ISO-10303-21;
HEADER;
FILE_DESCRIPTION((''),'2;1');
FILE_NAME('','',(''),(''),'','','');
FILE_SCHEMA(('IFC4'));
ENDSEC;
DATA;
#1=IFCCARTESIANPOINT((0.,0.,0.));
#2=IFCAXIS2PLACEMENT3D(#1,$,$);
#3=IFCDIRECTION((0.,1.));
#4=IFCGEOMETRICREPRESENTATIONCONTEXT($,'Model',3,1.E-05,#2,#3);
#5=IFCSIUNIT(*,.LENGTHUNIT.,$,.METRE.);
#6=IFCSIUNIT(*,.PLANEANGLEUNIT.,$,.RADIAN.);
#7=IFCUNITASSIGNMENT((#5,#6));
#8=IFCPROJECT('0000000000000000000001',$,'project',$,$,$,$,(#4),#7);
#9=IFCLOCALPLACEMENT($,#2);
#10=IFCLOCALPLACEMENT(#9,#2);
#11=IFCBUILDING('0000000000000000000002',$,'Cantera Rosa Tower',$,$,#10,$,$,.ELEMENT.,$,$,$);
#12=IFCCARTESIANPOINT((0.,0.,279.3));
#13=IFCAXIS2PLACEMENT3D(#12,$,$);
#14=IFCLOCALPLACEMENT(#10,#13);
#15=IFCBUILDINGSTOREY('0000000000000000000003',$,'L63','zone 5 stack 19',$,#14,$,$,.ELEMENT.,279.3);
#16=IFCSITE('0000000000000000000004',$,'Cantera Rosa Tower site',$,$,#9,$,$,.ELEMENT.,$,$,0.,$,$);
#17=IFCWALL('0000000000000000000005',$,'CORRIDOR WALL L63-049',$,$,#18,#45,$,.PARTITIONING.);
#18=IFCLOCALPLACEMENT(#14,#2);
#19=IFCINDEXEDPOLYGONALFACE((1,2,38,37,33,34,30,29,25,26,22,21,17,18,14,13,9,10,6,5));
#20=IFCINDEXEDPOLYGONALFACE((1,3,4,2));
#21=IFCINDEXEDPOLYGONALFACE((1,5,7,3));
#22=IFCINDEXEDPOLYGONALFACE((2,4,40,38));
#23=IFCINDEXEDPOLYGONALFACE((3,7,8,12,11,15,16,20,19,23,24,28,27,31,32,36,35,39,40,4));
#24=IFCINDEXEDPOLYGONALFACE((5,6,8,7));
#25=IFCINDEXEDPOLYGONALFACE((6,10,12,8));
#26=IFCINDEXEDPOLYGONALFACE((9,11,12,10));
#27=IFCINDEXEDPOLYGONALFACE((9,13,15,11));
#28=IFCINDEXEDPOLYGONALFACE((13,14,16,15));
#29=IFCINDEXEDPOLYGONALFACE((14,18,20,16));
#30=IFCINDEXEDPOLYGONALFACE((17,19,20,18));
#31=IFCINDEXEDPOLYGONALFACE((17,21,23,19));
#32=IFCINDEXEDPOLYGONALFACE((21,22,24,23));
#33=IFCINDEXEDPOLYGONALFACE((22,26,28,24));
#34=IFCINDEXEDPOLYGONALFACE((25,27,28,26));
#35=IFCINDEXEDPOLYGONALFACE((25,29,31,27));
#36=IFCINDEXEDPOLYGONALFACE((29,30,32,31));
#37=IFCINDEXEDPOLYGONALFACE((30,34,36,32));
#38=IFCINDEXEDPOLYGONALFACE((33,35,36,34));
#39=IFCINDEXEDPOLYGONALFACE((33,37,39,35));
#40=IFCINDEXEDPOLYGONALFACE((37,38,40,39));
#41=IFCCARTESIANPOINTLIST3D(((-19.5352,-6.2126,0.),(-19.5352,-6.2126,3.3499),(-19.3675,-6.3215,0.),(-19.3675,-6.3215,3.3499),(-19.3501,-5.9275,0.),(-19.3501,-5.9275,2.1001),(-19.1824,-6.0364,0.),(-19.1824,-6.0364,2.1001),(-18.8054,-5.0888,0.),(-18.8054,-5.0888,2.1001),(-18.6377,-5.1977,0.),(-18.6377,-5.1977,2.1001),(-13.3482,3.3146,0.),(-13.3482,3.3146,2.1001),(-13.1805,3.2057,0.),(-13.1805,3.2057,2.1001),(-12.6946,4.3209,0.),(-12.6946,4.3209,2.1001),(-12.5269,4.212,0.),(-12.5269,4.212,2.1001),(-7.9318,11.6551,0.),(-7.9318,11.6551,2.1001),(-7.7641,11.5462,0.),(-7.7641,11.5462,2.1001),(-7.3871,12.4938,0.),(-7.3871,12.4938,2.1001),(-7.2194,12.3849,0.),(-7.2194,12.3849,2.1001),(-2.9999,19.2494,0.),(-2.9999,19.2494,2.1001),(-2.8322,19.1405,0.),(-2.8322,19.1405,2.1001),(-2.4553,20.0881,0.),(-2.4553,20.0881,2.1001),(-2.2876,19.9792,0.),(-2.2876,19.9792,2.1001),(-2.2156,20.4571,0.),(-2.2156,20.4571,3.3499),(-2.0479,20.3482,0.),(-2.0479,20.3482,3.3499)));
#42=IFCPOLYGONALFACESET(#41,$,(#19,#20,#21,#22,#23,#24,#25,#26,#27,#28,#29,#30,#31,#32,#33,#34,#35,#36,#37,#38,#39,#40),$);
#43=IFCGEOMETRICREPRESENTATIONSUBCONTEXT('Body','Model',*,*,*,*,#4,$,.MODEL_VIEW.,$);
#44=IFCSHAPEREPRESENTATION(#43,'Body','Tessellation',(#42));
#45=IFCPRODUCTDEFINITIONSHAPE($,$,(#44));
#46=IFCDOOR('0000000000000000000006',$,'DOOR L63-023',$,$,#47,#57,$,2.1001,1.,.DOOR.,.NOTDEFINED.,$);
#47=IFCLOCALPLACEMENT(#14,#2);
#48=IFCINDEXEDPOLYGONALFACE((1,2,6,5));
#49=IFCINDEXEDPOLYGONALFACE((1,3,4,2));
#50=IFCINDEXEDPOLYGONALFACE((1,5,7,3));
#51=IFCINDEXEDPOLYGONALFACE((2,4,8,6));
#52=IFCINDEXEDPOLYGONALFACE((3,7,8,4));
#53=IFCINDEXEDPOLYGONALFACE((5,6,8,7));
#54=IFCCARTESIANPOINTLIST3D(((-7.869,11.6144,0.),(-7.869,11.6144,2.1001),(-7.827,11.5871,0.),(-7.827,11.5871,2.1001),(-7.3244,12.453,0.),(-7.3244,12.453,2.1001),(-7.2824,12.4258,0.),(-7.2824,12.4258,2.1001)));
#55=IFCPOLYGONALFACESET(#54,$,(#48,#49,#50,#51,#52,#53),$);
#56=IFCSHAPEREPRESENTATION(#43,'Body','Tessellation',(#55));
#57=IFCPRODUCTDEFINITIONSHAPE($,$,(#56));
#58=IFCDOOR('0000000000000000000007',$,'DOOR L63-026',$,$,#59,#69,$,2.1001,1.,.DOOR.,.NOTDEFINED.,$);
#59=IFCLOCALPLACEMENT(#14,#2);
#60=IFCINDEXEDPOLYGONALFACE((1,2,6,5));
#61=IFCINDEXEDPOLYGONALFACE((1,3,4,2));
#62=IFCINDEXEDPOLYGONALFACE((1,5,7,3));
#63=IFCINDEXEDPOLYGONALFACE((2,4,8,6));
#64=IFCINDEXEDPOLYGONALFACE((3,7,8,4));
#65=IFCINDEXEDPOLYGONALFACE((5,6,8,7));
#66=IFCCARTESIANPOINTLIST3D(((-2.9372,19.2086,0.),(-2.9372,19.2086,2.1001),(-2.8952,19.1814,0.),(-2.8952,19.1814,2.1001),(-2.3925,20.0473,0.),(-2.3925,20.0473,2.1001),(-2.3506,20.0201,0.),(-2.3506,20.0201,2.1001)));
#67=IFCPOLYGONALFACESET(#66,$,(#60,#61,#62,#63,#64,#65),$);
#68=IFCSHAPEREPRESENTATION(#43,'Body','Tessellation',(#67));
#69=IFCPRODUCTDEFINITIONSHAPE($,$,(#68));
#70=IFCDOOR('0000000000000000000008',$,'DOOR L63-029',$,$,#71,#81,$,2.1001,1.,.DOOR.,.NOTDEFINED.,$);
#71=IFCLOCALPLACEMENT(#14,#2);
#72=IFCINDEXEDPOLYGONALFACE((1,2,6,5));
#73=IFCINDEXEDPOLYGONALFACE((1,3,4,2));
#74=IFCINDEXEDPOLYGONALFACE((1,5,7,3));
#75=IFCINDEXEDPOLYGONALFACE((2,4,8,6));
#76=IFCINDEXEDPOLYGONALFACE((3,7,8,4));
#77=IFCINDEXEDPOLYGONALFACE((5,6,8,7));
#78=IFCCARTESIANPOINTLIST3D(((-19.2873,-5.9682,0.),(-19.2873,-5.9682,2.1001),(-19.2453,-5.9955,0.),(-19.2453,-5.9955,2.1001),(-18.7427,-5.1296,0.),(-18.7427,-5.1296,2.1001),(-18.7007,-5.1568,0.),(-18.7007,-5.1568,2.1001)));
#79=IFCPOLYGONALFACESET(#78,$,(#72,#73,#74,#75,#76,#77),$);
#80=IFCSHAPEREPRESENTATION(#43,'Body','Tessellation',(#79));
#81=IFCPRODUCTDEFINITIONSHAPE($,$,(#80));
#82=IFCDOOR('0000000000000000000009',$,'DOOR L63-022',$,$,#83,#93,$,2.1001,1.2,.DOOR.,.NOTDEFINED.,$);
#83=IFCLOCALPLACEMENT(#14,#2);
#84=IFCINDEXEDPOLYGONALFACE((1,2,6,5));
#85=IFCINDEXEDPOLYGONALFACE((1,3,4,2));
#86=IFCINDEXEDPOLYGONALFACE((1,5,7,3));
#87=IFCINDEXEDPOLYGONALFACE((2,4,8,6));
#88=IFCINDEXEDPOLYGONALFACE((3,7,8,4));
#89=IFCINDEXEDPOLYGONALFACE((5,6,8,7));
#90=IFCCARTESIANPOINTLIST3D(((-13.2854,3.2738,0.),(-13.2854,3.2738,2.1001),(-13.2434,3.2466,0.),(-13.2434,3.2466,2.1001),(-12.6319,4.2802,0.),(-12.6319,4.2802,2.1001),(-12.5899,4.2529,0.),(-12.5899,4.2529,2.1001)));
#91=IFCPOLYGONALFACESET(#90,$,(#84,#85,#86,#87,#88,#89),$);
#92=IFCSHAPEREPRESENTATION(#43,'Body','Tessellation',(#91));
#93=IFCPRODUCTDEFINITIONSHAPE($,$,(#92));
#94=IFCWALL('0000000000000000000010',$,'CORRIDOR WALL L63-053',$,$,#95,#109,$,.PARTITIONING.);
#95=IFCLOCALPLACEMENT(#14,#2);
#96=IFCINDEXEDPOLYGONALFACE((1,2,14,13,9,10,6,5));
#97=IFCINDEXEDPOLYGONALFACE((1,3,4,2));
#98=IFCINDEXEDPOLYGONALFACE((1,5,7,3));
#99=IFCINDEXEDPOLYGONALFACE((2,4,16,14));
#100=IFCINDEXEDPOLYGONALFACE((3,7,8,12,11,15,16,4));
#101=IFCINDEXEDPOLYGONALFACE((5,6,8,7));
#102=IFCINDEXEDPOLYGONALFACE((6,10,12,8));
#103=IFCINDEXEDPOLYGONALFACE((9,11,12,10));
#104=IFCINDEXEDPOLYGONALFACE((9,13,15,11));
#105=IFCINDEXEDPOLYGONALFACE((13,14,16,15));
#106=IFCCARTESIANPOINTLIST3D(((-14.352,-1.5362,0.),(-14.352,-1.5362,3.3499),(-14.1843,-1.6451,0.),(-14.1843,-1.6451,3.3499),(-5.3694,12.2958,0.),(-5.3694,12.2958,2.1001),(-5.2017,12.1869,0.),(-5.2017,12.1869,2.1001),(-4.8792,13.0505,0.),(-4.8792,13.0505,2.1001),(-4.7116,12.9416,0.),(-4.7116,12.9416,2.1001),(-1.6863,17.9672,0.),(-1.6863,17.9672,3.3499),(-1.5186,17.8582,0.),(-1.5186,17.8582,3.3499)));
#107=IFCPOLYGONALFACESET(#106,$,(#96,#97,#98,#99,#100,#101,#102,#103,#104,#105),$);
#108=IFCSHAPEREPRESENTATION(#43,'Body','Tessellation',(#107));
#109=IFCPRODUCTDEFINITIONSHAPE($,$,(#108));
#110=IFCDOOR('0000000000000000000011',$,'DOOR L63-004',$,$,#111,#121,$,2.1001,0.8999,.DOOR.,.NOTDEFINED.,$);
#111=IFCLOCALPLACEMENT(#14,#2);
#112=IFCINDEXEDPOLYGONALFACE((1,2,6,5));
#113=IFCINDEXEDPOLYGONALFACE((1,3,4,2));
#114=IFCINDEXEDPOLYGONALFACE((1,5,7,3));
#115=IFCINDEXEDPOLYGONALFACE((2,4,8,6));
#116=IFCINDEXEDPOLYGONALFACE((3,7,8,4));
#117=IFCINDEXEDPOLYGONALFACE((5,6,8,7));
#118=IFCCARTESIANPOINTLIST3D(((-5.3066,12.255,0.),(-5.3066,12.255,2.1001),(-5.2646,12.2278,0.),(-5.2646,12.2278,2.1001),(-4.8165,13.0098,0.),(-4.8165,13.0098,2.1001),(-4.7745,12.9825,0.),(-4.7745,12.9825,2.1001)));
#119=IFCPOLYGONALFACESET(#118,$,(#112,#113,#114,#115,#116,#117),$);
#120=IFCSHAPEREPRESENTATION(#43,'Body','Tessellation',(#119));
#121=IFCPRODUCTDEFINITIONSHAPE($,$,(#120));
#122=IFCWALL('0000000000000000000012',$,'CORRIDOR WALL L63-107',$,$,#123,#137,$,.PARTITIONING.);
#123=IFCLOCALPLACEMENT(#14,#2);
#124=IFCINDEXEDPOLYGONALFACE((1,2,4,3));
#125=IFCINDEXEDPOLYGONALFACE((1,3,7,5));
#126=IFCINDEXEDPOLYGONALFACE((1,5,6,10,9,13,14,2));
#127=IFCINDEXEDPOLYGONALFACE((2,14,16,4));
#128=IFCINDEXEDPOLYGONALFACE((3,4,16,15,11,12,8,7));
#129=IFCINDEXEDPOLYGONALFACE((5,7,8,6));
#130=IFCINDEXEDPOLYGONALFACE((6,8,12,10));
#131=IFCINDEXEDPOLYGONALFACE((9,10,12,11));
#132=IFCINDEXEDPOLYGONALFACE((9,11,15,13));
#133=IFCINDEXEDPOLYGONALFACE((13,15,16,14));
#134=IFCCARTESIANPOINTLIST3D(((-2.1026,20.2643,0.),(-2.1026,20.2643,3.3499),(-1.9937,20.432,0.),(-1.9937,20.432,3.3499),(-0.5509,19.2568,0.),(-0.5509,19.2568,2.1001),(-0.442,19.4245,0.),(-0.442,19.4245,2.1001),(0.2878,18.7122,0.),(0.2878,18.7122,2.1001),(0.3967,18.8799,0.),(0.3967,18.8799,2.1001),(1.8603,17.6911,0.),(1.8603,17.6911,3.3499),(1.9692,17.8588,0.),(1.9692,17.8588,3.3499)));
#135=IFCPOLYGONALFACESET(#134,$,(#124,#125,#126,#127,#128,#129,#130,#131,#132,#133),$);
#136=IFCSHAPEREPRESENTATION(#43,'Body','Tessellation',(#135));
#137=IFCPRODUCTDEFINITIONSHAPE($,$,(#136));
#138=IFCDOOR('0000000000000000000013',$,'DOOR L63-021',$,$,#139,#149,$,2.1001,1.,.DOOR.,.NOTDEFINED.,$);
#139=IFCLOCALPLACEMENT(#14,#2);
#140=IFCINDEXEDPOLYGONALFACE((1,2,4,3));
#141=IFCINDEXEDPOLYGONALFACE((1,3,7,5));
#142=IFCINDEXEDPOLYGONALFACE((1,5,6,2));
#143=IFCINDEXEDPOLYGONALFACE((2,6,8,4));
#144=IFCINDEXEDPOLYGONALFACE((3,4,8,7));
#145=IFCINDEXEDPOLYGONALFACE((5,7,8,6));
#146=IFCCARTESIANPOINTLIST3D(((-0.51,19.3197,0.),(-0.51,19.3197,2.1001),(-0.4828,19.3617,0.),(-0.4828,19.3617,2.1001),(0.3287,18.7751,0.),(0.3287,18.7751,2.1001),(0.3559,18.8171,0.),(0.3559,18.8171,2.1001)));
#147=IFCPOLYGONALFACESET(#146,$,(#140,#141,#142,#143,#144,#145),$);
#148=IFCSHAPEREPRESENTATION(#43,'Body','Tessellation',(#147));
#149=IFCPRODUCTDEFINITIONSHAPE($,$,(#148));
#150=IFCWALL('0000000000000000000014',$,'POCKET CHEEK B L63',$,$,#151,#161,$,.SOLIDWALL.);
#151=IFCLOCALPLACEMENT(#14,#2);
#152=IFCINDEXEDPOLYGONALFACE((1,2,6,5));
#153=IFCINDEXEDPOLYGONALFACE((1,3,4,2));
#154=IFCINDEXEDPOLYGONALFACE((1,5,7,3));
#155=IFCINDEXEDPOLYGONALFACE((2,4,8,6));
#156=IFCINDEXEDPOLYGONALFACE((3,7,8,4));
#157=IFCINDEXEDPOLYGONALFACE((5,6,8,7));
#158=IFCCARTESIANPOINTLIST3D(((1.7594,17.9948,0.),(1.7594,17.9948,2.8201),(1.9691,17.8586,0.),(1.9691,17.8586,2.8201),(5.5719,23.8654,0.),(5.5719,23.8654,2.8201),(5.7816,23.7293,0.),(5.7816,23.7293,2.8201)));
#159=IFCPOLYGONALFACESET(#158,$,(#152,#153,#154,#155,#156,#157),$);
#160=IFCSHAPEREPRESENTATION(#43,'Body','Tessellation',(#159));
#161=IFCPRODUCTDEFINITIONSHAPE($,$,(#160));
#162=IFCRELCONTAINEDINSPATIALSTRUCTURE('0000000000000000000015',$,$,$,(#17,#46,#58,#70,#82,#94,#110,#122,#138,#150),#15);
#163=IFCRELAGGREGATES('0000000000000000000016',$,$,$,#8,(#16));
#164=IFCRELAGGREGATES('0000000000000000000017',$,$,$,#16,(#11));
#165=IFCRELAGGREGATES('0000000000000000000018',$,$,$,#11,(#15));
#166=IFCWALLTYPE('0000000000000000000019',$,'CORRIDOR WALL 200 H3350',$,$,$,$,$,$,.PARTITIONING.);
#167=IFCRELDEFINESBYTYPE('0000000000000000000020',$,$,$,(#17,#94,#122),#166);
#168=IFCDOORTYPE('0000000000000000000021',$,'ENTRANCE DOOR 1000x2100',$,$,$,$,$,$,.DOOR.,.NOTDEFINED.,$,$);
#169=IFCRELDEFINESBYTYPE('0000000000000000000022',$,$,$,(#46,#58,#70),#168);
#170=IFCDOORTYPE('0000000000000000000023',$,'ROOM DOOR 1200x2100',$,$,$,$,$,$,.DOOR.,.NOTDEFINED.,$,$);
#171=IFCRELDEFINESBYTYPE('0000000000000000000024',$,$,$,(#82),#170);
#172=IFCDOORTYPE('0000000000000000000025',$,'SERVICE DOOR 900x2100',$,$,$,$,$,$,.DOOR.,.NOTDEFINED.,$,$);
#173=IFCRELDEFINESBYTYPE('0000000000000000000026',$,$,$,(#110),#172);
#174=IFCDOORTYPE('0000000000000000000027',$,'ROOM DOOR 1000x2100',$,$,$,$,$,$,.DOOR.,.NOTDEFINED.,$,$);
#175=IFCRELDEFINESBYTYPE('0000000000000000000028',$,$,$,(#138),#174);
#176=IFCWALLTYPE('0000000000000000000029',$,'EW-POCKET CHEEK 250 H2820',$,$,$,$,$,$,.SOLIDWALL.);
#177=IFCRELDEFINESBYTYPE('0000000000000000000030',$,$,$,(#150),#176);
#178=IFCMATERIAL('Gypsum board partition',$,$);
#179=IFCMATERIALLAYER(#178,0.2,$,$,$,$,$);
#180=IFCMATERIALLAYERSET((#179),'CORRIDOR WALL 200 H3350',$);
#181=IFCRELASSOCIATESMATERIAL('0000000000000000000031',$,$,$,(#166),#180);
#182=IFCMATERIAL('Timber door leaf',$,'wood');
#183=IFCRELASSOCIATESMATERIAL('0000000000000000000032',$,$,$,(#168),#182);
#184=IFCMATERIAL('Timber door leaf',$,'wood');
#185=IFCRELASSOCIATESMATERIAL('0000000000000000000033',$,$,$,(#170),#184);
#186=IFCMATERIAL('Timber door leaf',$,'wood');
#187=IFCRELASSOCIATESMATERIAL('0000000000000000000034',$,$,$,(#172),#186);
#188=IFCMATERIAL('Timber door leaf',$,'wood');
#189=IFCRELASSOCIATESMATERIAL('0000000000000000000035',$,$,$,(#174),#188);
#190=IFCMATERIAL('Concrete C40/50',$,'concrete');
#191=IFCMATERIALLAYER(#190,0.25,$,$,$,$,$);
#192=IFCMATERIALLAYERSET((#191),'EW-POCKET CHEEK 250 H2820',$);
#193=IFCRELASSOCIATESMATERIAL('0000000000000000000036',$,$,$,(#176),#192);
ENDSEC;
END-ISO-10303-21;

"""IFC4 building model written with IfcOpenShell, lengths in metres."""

from ifc_helpers import new_model, si_unit, direction, frame, frame_2d, origin, place, context, subcontext, project, spatial, rectangle, extrude, material, layer, layer_set, type_object, element, fill, save


model = new_model("IFC4")

# Units and contexts
model_context = context("Model", 3, precision=1e-05, world=origin(), true_north=direction((0.0, 1.0)))
body_context = subcontext(model_context, "Body", "Model", "MODEL_VIEW")
ifc_project = project(units=[si_unit("LENGTHUNIT", "METRE"), si_unit("PLANEANGLEUNIT", "RADIAN")], contexts=[model_context])

# Site, building, storey
site_placement = place(None, origin())
site = spatial("IfcSite", under=ifc_project, at=site_placement, Name="Cantera Rosa Tower site", CompositionType="ELEMENT", RefElevation=0.0)
building_placement = place(site_placement, origin())
building = spatial("IfcBuilding", under=site, at=building_placement, Name="Cantera Rosa Tower", CompositionType="ELEMENT")
storey_placement = place(building_placement, frame((0.0, 0.0, 279.3)))
storey = spatial("IfcBuildingStorey", under=building, at=storey_placement, Name="L63", Description="zone 5 stack 19", CompositionType="ELEMENT", Elevation=279.3)

# Wall, openings, doors
ifc_material_1 = material(Name="Gypsum board partition")
ifc_layer_1 = layer(ifc_material_1, 0.2)
ifc_layer_set_1 = layer_set([ifc_layer_1], Name="CORRIDOR WALL 200 H3350")
wall_type_1 = type_object("IfcWallType", Name="CORRIDOR WALL 200 H3350", PredefinedType="PARTITIONING", material=ifc_layer_set_1)
wall_1_placement = place(storey_placement, frame((-2.1318, 20.4026, 0.0), z_axis=(0.0, 0.0, 1.0), x_axis=(-0.544641, -0.838669, 0.0)))
wall_1 = element("IfcWall", 1, at=wall_1_placement, inside=storey, type_object=wall_type_1, Name="CORRIDOR WALL L63-049", PredefinedType="PARTITIONING", context=body_context, shape_type="SweptSolid", body=[
    extrude(rectangle(XDim=31.8, YDim=0.2, at=frame_2d((15.8999, 0.0))), origin(), (0.0, 0.0, 1.0), 3.3499),
])
opening_1_placement = place(wall_1_placement, frame((19.24, 0.0, 0.0)))
opening_1 = element("IfcOpeningElement", 2, at=opening_1_placement, cuts=wall_1, PredefinedType="OPENING", context=body_context, shape_type="SweptSolid", body=[
    extrude(rectangle(XDim=1.2, YDim=2.1001, at=frame_2d((0.6001, 1.05))), frame((0.0, 0.1099, 0.0), z_axis=(0.0, -1.0, 0.0), x_axis=(1.0, 0.0, 0.0)), (0.0, 0.0, 1.0), 0.22),
])
opening_2_placement = place(wall_1_placement, frame((9.4951, 0.0, 0.0)))
opening_2 = element("IfcOpeningElement", 3, at=opening_2_placement, cuts=wall_1, PredefinedType="OPENING", context=body_context, shape_type="SweptSolid", body=[
    extrude(rectangle(XDim=1.0, YDim=2.1001, at=frame_2d((0.5, 1.05))), frame((0.0, 0.1099, 0.0), z_axis=(0.0, -1.0, 0.0), x_axis=(1.0, 0.0, 0.0)), (0.0, 0.0, 1.0), 0.22),
])
opening_3_placement = place(wall_1_placement, frame((0.4399, 0.0, 0.0)))
opening_3 = element("IfcOpeningElement", 4, at=opening_3_placement, cuts=wall_1, PredefinedType="OPENING", context=body_context, shape_type="SweptSolid", body=[
    extrude(rectangle(XDim=1.0, YDim=2.1001, at=frame_2d((0.5, 1.05))), frame((0.0, 0.1099, 0.0), z_axis=(0.0, -1.0, 0.0), x_axis=(1.0, 0.0, 0.0)), (0.0, 0.0, 1.0), 0.22),
])
opening_4_placement = place(wall_1_placement, frame((30.46, 0.0, 0.0)))
opening_4 = element("IfcOpeningElement", 5, at=opening_4_placement, cuts=wall_1, PredefinedType="OPENING", context=body_context, shape_type="SweptSolid", body=[
    extrude(rectangle(XDim=1.0, YDim=2.1001, at=frame_2d((0.5, 1.05))), frame((0.0, 0.1099, 0.0), z_axis=(0.0, -1.0, 0.0), x_axis=(1.0, 0.0, 0.0)), (0.0, 0.0, 1.0), 0.22),
])
ifc_material_2 = material(Name="Timber door leaf", Category="wood")
door_type_1 = type_object("IfcDoorType", Name="ENTRANCE DOOR 1000x2100", OperationType="NOTDEFINED", PredefinedType="DOOR", material=ifc_material_2)
door_1_placement = place(opening_2_placement, origin())
door_1 = element("IfcDoor", 6, at=door_1_placement, inside=storey, type_object=door_type_1, Name="DOOR L63-023", OperationType="NOTDEFINED", OverallHeight=2.1001, OverallWidth=1.0, PredefinedType="DOOR", context=body_context, shape_type="SweptSolid", body=[
    extrude(rectangle(XDim=1.0, YDim=2.1001, at=frame_2d((0.5, 1.05))), frame((0.0, 0.0249, 0.0), z_axis=(0.0, -1.0, 0.0), x_axis=(1.0, 0.0, 0.0)), (0.0, 0.0, 1.0), 0.05),
])
fill(opening_2, door_1)
door_2_placement = place(opening_3_placement, origin())
door_2 = element("IfcDoor", 7, at=door_2_placement, inside=storey, type_object=door_type_1, Name="DOOR L63-026", OperationType="NOTDEFINED", OverallHeight=2.1001, OverallWidth=1.0, PredefinedType="DOOR", context=body_context, shape_type="SweptSolid", body=[
    extrude(rectangle(XDim=1.0, YDim=2.1001, at=frame_2d((0.5, 1.05))), frame((0.0, 0.0249, 0.0), z_axis=(0.0, -1.0, 0.0), x_axis=(1.0, 0.0, 0.0)), (0.0, 0.0, 1.0), 0.05),
])
fill(opening_3, door_2)
door_3_placement = place(opening_4_placement, origin())
door_3 = element("IfcDoor", 8, at=door_3_placement, inside=storey, type_object=door_type_1, Name="DOOR L63-029", OperationType="NOTDEFINED", OverallHeight=2.1001, OverallWidth=1.0, PredefinedType="DOOR", context=body_context, shape_type="SweptSolid", body=[
    extrude(rectangle(XDim=1.0, YDim=2.1001, at=frame_2d((0.5, 1.05))), frame((0.0, 0.0249, 0.0), z_axis=(0.0, -1.0, 0.0), x_axis=(1.0, 0.0, 0.0)), (0.0, 0.0, 1.0), 0.05),
])
fill(opening_4, door_3)
ifc_material_3 = material(Name="Timber door leaf", Category="wood")
door_type_2 = type_object("IfcDoorType", Name="ROOM DOOR 1200x2100", OperationType="NOTDEFINED", PredefinedType="DOOR", material=ifc_material_3)
door_4_placement = place(opening_1_placement, origin())
door_4 = element("IfcDoor", 9, at=door_4_placement, inside=storey, type_object=door_type_2, Name="DOOR L63-022", OperationType="NOTDEFINED", OverallHeight=2.1001, OverallWidth=1.2, PredefinedType="DOOR", context=body_context, shape_type="SweptSolid", body=[
    extrude(rectangle(XDim=1.2, YDim=2.1001, at=frame_2d((0.6001, 1.05))), frame((0.0, 0.0249, 0.0), z_axis=(0.0, -1.0, 0.0), x_axis=(1.0, 0.0, 0.0)), (0.0, 0.0, 1.0), 0.05),
])
fill(opening_1, door_4)

# Walls, openings, doors
wall_2_placement = place(storey_placement, frame((-1.6025, 17.9126, 0.0), z_axis=(0.0, 0.0, 1.0), x_axis=(-0.544642, -0.838669, 0.0)))
wall_2 = element("IfcWall", 10, at=wall_2_placement, inside=storey, type_object=wall_type_1, Name="CORRIDOR WALL L63-053", PredefinedType="PARTITIONING", context=body_context, shape_type="SweptSolid", body=[
    extrude(rectangle(XDim=23.2551, YDim=0.2, at=frame_2d((11.6274, 0.0))), origin(), (0.0, 0.0, 1.0), 3.3499),
])
opening_5_placement = place(wall_2_placement, frame((5.8623, 0.0, 0.0)))
opening_5 = element("IfcOpeningElement", 11, at=opening_5_placement, cuts=wall_2, PredefinedType="OPENING", context=body_context, shape_type="SweptSolid", body=[
    extrude(rectangle(XDim=0.8999, YDim=2.1001, at=frame_2d((0.45, 1.05))), frame((0.0, 0.1099, 0.0), z_axis=(0.0, -1.0, 0.0), x_axis=(1.0, 0.0, 0.0)), (0.0, 0.0, 1.0), 0.22),
])
ifc_material_4 = material(Name="Timber door leaf", Category="wood")
door_type_3 = type_object("IfcDoorType", Name="SERVICE DOOR 900x2100", OperationType="NOTDEFINED", PredefinedType="DOOR", material=ifc_material_4)
door_5_placement = place(opening_5_placement, origin())
door_5 = element("IfcDoor", 12, at=door_5_placement, inside=storey, type_object=door_type_3, Name="DOOR L63-004", OperationType="NOTDEFINED", OverallHeight=2.1001, OverallWidth=0.8999, PredefinedType="DOOR", context=body_context, shape_type="SweptSolid", body=[
    extrude(rectangle(XDim=0.8999, YDim=2.1001, at=frame_2d((0.45, 1.05))), frame((0.0, 0.0249, 0.0), z_axis=(0.0, -1.0, 0.0), x_axis=(1.0, 0.0, 0.0)), (0.0, 0.0, 1.0), 0.05),
])
fill(opening_5, door_5)
wall_3_placement = place(storey_placement, frame((1.9148, 17.7749, 0.0), z_axis=(0.0, 0.0, 1.0), x_axis=(-0.838699, 0.544596, 0.0)))
wall_3 = element("IfcWall", 13, at=wall_3_placement, inside=storey, type_object=wall_type_1, Name="CORRIDOR WALL L63-107", PredefinedType="PARTITIONING", context=body_context, shape_type="SweptSolid", body=[
    extrude(rectangle(XDim=4.7251, YDim=0.2, at=frame_2d((2.3625, 0.0))), origin(), (0.0, 0.0, 1.0), 3.3499),
])
opening_6_placement = place(wall_3_placement, frame((1.875, 0.0, 0.0)))
opening_6 = element("IfcOpeningElement", 14, at=opening_6_placement, cuts=wall_3, PredefinedType="OPENING", context=body_context, shape_type="SweptSolid", body=[
    extrude(rectangle(XDim=1.0, YDim=2.1001, at=frame_2d((0.5, 1.05))), frame((0.0, 0.1099, 0.0), z_axis=(0.0, -1.0, 0.0), x_axis=(1.0, 0.0, 0.0)), (0.0, 0.0, 1.0), 0.22),
])
ifc_material_5 = material(Name="Timber door leaf", Category="wood")
door_type_4 = type_object("IfcDoorType", Name="ROOM DOOR 1000x2100", OperationType="NOTDEFINED", PredefinedType="DOOR", material=ifc_material_5)
door_6_placement = place(opening_6_placement, origin())
door_6 = element("IfcDoor", 15, at=door_6_placement, inside=storey, type_object=door_type_4, Name="DOOR L63-021", OperationType="NOTDEFINED", OverallHeight=2.1001, OverallWidth=1.0, PredefinedType="DOOR", context=body_context, shape_type="SweptSolid", body=[
    extrude(rectangle(XDim=1.0, YDim=2.1001, at=frame_2d((0.5, 1.05))), frame((0.0, 0.0249, 0.0), z_axis=(0.0, -1.0, 0.0), x_axis=(1.0, 0.0, 0.0)), (0.0, 0.0, 1.0), 0.05),
])
fill(opening_6, door_6)

# Wall
ifc_material_6 = material(Name="Concrete C40/50", Category="concrete")
ifc_layer_2 = layer(ifc_material_6, 0.25)
ifc_layer_set_2 = layer_set([ifc_layer_2], Name="EW-POCKET CHEEK 250 H2820")
wall_type_2 = type_object("IfcWallType", Name="EW-POCKET CHEEK 250 H2820", PredefinedType="SOLIDWALL", material=ifc_layer_set_2)
wall_4_placement = place(storey_placement, frame((5.6768, 23.7974, 0.0), z_axis=(0.0, 0.0, 1.0), x_axis=(-0.544647, -0.838665, 0.0)))
element("IfcWall", 16, at=wall_4_placement, inside=storey, type_object=wall_type_2, Name="POCKET CHEEK B L63", PredefinedType="SOLIDWALL", context=body_context, shape_type="SweptSolid", body=[
    extrude(rectangle(XDim=7.0, YDim=0.25, at=frame_2d((3.5, 0.0))), origin(), (0.0, 0.0, 1.0), 2.8201),
])

save(model, "model.ifc")
